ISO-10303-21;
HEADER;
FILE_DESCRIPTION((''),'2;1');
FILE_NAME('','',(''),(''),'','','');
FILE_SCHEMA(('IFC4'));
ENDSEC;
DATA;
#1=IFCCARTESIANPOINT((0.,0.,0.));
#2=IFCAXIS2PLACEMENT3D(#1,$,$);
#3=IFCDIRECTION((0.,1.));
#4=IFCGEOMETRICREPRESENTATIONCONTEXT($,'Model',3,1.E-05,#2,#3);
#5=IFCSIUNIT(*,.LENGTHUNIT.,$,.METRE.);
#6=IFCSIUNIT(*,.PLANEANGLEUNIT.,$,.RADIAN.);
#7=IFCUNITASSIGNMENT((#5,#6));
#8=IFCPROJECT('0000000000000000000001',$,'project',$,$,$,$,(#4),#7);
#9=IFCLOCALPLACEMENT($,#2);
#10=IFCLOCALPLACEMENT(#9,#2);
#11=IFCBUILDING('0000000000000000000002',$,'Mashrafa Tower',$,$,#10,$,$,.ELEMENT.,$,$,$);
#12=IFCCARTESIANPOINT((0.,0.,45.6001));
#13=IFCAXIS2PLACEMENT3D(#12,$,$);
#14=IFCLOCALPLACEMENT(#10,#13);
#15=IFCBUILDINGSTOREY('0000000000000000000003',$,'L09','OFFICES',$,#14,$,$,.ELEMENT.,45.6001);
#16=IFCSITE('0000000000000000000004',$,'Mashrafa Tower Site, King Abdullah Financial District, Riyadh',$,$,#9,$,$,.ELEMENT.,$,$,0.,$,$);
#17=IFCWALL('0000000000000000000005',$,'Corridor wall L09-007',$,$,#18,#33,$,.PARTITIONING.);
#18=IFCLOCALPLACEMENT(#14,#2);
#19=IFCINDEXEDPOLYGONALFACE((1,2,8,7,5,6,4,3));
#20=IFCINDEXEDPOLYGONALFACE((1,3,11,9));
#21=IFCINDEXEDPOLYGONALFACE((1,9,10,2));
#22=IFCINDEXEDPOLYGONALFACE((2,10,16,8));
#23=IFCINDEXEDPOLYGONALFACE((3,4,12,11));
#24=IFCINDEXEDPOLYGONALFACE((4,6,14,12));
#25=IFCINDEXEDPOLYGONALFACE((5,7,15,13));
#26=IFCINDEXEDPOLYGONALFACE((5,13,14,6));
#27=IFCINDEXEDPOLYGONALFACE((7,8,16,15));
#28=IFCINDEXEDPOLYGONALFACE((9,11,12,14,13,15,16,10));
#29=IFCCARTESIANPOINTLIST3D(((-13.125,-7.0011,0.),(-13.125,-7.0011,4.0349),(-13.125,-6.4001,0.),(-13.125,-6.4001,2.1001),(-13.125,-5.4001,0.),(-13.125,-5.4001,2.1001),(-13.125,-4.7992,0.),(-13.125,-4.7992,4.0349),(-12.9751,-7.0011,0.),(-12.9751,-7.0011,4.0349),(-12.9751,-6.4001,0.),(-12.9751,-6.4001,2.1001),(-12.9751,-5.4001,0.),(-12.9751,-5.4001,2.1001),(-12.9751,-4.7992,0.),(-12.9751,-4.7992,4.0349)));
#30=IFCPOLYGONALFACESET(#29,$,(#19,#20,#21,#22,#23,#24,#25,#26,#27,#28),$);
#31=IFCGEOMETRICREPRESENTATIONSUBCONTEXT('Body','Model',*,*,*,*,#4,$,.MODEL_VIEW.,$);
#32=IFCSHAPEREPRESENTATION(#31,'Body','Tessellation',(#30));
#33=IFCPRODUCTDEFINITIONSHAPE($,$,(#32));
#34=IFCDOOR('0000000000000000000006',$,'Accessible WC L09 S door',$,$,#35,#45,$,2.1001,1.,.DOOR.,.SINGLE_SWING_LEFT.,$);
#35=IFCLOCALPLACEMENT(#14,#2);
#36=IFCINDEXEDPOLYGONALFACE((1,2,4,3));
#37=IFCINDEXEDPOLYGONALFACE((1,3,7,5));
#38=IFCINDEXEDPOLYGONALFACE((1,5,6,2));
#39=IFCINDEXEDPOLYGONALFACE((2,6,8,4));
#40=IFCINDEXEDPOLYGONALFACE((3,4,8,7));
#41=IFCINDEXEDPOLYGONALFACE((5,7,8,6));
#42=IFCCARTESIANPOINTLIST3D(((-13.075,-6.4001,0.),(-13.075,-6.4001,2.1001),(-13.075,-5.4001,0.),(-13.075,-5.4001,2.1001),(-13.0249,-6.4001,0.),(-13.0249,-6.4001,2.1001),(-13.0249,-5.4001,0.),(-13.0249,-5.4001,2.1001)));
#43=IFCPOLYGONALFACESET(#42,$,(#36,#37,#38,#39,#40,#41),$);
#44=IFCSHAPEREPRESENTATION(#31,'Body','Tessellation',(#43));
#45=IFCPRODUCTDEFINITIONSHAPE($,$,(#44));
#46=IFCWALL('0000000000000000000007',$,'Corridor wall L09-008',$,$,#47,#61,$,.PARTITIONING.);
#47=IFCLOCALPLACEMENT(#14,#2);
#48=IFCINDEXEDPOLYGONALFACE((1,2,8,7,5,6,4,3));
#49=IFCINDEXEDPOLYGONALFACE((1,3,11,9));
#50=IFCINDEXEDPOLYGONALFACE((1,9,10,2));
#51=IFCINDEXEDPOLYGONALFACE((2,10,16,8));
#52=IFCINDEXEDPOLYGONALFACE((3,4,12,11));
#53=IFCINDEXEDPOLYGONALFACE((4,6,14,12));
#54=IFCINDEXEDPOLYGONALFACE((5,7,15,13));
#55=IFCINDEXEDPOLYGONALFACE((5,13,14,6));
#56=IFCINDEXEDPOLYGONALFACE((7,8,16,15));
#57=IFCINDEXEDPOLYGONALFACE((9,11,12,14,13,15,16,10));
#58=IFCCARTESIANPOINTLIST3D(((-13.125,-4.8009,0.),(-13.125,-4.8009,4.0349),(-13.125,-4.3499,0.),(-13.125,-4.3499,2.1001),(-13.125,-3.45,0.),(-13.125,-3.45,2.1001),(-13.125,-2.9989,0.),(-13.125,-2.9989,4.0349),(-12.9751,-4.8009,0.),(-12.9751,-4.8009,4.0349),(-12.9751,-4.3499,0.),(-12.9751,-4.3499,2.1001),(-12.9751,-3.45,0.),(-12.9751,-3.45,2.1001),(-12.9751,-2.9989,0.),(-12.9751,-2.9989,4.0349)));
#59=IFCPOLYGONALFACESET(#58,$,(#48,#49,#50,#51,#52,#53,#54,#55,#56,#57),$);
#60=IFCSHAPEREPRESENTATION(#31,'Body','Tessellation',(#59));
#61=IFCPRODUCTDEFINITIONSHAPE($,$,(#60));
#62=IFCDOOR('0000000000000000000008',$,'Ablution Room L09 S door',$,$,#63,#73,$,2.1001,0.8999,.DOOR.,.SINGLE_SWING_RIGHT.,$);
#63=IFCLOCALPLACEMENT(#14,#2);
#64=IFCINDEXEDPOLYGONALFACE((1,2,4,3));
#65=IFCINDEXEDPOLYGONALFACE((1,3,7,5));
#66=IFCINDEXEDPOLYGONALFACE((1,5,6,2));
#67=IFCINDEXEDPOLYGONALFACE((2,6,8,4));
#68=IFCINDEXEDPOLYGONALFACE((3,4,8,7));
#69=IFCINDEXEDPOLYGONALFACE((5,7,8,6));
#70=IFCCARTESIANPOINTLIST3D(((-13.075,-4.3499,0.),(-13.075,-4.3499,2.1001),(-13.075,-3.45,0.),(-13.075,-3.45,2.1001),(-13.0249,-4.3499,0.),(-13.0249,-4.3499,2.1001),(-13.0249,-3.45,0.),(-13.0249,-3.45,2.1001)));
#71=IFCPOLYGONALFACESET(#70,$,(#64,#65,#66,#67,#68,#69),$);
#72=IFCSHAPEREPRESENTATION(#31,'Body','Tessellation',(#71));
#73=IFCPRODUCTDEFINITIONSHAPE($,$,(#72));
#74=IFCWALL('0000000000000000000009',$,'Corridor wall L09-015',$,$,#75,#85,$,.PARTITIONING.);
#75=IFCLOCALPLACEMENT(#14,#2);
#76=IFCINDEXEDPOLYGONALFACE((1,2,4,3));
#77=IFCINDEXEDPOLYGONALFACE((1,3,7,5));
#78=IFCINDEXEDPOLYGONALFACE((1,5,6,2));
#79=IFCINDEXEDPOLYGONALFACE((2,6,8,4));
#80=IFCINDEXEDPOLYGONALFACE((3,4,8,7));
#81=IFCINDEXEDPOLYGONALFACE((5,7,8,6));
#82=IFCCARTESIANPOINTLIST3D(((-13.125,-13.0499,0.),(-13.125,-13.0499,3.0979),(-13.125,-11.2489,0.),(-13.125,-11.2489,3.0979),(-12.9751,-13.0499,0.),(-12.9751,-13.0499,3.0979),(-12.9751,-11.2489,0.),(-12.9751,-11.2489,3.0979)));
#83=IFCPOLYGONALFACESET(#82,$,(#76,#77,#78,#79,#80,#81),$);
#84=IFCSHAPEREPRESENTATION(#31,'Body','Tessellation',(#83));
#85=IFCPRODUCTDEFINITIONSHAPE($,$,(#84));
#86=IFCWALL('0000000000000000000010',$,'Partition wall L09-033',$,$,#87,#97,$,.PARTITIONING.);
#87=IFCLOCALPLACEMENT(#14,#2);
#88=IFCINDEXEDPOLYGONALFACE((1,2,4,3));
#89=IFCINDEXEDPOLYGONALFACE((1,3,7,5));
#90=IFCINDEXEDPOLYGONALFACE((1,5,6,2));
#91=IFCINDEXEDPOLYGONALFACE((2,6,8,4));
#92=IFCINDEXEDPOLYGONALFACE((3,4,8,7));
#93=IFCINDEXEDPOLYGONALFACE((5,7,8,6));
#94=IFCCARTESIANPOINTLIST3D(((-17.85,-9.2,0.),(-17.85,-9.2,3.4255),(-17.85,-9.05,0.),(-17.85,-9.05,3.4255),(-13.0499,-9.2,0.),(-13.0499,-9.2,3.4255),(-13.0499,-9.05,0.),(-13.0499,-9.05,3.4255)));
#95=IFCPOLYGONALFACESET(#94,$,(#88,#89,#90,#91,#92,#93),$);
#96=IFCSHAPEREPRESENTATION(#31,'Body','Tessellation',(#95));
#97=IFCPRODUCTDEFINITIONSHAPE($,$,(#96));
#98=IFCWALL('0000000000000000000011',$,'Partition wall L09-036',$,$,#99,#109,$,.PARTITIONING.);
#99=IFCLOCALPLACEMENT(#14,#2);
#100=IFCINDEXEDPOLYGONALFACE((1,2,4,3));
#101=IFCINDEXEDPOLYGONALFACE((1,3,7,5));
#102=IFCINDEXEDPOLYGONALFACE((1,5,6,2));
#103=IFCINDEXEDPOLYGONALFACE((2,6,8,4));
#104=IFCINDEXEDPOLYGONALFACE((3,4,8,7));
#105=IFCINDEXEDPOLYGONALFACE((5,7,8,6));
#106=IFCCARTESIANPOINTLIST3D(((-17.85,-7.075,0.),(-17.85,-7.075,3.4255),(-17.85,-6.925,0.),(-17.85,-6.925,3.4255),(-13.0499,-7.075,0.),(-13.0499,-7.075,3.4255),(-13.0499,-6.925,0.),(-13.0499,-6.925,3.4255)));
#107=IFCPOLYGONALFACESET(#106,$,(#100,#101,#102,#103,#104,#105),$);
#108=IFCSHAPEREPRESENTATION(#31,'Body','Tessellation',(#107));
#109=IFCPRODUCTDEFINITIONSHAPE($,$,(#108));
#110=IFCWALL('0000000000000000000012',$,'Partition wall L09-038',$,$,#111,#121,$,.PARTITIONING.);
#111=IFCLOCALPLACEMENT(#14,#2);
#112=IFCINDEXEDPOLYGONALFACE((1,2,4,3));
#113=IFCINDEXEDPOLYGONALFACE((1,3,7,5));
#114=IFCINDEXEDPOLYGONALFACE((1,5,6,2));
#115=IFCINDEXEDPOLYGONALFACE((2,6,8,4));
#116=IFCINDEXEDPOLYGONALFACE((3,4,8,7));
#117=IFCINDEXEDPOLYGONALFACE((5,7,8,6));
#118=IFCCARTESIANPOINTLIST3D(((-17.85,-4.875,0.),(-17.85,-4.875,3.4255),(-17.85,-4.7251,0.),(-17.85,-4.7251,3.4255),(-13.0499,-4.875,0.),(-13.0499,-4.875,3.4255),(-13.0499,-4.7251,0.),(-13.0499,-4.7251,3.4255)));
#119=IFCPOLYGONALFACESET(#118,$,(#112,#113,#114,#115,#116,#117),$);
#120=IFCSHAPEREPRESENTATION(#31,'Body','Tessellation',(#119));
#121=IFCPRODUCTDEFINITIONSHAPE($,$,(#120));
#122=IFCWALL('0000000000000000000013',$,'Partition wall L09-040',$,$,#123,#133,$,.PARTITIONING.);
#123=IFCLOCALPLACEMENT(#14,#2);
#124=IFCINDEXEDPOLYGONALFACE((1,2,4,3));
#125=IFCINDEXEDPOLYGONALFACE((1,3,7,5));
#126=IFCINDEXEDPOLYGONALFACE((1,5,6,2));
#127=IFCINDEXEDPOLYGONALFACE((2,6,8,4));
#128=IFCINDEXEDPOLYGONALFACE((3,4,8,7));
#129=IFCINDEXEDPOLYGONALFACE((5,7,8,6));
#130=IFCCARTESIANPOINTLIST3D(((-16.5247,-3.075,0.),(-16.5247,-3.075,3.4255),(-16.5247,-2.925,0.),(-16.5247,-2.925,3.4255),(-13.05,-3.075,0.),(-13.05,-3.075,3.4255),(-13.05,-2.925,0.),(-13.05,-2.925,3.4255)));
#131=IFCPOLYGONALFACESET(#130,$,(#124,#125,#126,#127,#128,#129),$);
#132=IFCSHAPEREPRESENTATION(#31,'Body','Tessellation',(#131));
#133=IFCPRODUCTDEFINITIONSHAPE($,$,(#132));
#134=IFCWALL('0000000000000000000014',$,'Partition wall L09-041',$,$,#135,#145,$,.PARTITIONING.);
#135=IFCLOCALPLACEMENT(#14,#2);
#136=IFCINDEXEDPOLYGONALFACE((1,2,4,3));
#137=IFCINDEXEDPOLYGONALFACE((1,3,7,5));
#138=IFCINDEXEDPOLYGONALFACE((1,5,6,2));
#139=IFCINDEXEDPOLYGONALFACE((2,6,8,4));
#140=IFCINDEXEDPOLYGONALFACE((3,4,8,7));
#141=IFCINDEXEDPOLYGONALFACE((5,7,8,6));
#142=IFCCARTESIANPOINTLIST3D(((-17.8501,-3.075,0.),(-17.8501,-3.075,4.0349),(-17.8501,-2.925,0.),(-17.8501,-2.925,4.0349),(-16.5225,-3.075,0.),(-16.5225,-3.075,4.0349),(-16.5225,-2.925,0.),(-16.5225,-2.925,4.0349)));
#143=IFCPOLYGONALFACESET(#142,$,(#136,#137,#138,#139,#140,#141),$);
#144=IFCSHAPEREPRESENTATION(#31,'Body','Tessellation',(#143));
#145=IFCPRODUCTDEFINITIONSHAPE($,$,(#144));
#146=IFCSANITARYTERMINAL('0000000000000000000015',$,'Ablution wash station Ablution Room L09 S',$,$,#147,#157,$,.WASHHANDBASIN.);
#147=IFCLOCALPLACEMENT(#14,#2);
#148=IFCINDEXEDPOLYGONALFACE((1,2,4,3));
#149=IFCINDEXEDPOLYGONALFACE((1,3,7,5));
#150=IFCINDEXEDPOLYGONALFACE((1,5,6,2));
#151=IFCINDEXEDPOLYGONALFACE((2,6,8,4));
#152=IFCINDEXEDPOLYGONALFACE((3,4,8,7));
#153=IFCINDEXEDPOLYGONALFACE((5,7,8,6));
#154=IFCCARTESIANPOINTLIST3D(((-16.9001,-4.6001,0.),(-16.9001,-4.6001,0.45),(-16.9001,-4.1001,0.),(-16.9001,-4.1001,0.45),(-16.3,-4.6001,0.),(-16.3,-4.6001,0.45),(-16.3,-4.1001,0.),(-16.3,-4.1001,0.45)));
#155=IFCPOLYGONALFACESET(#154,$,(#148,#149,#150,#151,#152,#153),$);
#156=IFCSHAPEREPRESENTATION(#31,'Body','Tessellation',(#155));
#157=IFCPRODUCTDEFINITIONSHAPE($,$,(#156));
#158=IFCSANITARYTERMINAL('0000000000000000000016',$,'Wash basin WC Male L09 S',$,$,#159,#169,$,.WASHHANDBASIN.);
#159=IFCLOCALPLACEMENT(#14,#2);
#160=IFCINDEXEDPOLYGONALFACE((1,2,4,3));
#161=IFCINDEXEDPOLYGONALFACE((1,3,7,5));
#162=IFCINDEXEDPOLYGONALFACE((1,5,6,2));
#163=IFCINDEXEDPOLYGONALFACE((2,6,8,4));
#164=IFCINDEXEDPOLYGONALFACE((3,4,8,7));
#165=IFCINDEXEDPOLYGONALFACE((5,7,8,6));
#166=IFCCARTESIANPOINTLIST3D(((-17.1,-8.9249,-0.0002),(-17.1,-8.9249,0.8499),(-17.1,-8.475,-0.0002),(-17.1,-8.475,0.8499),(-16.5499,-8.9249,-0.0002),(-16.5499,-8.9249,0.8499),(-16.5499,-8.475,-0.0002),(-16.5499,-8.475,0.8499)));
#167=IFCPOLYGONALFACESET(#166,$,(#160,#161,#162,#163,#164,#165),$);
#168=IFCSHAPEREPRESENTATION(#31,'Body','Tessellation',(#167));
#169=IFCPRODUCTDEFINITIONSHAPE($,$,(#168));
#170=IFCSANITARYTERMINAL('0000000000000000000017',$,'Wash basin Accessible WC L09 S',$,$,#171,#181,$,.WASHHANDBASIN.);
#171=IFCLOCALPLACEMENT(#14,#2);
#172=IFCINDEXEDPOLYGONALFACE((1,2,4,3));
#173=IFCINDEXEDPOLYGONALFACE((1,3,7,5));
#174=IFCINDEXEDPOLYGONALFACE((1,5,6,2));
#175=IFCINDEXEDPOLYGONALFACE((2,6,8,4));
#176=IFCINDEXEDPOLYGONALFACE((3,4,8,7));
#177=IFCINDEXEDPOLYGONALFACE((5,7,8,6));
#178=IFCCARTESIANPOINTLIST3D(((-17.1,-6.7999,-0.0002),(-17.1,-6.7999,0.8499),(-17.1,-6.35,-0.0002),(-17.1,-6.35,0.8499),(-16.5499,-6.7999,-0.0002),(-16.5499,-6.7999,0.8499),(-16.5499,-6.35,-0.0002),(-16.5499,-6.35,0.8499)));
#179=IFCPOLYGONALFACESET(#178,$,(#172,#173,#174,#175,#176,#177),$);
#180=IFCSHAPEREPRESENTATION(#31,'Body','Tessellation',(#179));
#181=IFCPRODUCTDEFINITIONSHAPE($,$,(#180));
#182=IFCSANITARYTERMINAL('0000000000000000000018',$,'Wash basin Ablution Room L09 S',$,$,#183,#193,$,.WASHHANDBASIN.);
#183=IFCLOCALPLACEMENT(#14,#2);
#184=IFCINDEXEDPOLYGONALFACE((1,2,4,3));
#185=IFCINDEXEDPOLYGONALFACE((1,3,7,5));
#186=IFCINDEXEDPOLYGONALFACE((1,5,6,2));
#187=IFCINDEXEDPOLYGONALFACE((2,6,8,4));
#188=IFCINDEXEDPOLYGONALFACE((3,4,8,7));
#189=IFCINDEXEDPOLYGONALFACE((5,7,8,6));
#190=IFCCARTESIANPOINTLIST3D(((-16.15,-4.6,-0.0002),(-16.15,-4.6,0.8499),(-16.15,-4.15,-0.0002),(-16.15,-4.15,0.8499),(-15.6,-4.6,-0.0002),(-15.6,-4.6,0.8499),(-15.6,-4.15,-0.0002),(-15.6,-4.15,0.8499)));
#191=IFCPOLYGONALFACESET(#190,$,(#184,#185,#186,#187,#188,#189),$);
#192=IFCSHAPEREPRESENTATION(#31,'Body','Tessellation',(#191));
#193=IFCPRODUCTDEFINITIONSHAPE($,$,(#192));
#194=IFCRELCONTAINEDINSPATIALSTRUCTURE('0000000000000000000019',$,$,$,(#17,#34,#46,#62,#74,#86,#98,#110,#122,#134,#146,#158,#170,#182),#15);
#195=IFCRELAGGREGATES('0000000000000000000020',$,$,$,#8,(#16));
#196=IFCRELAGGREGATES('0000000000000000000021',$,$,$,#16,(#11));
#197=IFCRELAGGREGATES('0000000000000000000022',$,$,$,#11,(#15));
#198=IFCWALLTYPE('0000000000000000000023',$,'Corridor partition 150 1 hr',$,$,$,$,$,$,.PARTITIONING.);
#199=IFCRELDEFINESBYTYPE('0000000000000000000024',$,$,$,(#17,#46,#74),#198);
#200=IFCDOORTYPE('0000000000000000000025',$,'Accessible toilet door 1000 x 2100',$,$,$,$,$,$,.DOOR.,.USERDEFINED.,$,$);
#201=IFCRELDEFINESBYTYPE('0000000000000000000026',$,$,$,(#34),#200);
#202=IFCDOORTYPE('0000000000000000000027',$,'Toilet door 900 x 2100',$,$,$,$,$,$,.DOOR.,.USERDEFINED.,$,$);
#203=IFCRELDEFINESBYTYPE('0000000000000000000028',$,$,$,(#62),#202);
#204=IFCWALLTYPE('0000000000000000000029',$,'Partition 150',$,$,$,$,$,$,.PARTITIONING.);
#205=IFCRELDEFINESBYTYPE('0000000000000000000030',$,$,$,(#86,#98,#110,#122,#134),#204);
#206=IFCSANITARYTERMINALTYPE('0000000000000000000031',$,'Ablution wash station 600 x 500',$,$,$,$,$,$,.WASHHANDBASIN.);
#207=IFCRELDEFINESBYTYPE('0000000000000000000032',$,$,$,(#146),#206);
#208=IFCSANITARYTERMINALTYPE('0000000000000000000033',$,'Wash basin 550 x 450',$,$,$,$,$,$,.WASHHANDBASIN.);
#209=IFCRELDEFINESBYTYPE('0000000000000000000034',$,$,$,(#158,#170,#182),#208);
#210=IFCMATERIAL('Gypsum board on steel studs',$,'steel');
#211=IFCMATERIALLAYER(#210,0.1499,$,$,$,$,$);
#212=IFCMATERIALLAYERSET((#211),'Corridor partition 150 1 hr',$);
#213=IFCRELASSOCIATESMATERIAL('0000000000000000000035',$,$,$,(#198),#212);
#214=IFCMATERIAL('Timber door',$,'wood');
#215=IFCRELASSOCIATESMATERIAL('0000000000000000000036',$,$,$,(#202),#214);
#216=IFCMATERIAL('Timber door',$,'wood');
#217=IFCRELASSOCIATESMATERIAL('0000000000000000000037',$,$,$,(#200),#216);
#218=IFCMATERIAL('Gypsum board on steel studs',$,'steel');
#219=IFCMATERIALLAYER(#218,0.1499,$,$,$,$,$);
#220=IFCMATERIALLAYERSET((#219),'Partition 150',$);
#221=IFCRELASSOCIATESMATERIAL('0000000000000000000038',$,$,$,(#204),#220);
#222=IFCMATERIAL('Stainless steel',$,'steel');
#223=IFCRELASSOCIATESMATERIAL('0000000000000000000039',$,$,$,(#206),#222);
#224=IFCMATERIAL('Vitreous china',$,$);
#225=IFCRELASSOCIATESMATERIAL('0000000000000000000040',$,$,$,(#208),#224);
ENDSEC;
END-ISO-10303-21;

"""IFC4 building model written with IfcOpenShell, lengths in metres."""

from ifc_helpers import new_model, si_unit, direction, frame, frame_2d, origin, origin_2d, place, context, subcontext, project, spatial, rectangle, extrude, material, layer, layer_set, type_object, element, fill, save


model = new_model("IFC4")

# Units and contexts
model_context = context("Model", 3, precision=1e-05, world=origin(), true_north=direction((0.0, 1.0)))
body_context = subcontext(model_context, "Body", "Model", "MODEL_VIEW")
ifc_project = project(units=[si_unit("LENGTHUNIT", "METRE"), si_unit("PLANEANGLEUNIT", "RADIAN")], contexts=[model_context])

# Site, building, storey
site_placement = place(None, origin())
site = spatial("IfcSite", under=ifc_project, at=site_placement, Name="Mashrafa Tower Site, King Abdullah Financial District, Riyadh", CompositionType="ELEMENT", RefElevation=0.0)
building_placement = place(site_placement, origin())
building = spatial("IfcBuilding", under=site, at=building_placement, Name="Mashrafa Tower", CompositionType="ELEMENT")
storey_placement = place(building_placement, frame((0.0, 0.0, 45.6001)))
storey = spatial("IfcBuildingStorey", under=building, at=storey_placement, Name="L09", Description="OFFICES", CompositionType="ELEMENT", Elevation=45.6001)

# Walls, openings, doors
ifc_material_1 = material(Name="Gypsum board on steel studs", Category="steel")
ifc_layer_1 = layer(ifc_material_1, 0.1499)
ifc_layer_set_1 = layer_set([ifc_layer_1], Name="Corridor partition 150 1 hr")
wall_type_1 = type_object("IfcWallType", Name="Corridor partition 150 1 hr", PredefinedType="PARTITIONING", material=ifc_layer_set_1)
ifc_material_2 = material(Name="Timber door", Category="wood")
door_type_1 = type_object("IfcDoorType", Name="Toilet door 900 x 2100", OperationType="USERDEFINED", PredefinedType="DOOR", material=ifc_material_2)
wall_1_placement = place(storey_placement, frame((-13.05, -4.7991, 0.0), z_axis=(0.0, 0.0, 1.0), x_axis=(0.0, -1.0, 0.0)))
wall_1 = element("IfcWall", 1, at=wall_1_placement, inside=storey, type_object=wall_type_1, Name="Corridor wall L09-007", PredefinedType="PARTITIONING", context=body_context, shape_type="SweptSolid", body=[
    extrude(rectangle(XDim=2.2019, YDim=0.1499, at=frame_2d((1.1011, 0.0))), origin(), (0.0, 0.0, 1.0), 4.0349),
])
opening_1_placement = place(wall_1_placement, frame((0.6011, 0.0, 0.0)))
opening_1 = element("IfcOpeningElement", 2, at=opening_1_placement, cuts=wall_1, PredefinedType="OPENING", context=body_context, shape_type="SweptSolid", body=[
    extrude(rectangle(XDim=1.0, YDim=2.1001, at=frame_2d((0.5, 1.05))), frame((0.0, 0.085, 0.0), z_axis=(0.0, -1.0, 0.0), x_axis=(1.0, 0.0, 0.0)), (0.0, 0.0, 1.0), 0.1699),
])
ifc_material_3 = material(Name="Timber door", Category="wood")
door_type_2 = type_object("IfcDoorType", Name="Accessible toilet door 1000 x 2100", OperationType="USERDEFINED", PredefinedType="DOOR", material=ifc_material_3)
door_1_placement = place(opening_1_placement, frame((1.0, 0.0, 0.0), z_axis=(0.0, 0.0, 1.0), x_axis=(-1.0, 0.0, 0.0)))
door_1 = element("IfcDoor", 3, at=door_1_placement, inside=storey, type_object=door_type_2, Name="Accessible WC L09 S door", OperationType="SINGLE_SWING_LEFT", OverallHeight=2.1001, OverallWidth=1.0, PredefinedType="DOOR", context=body_context, shape_type="SweptSolid", body=[
    extrude(rectangle(XDim=1.0, YDim=2.1001, at=frame_2d((0.5, 1.05))), frame((0.0, 0.0249, 0.0), z_axis=(0.0, -1.0, 0.0), x_axis=(1.0, 0.0, 0.0)), (0.0, 0.0, 1.0), 0.05),
])
fill(opening_1, door_1)
wall_2_placement = place(storey_placement, frame((-13.05, -2.999, 0.0), z_axis=(0.0, 0.0, 1.0), x_axis=(0.0, -1.0, 0.0)))
wall_2 = element("IfcWall", 4, at=wall_2_placement, inside=storey, type_object=wall_type_1, Name="Corridor wall L09-008", PredefinedType="PARTITIONING", context=body_context, shape_type="SweptSolid", body=[
    extrude(rectangle(XDim=1.802, YDim=0.1499, at=frame_2d((0.9009, 0.0))), origin(), (0.0, 0.0, 1.0), 4.0349),
])
opening_2_placement = place(wall_2_placement, frame((0.4509, 0.0, 0.0)))
opening_2 = element("IfcOpeningElement", 5, at=opening_2_placement, cuts=wall_2, PredefinedType="OPENING", context=body_context, shape_type="SweptSolid", body=[
    extrude(rectangle(XDim=0.8999, YDim=2.1001, at=frame_2d((0.45, 1.05))), frame((0.0, 0.085, 0.0), z_axis=(0.0, -1.0, 0.0), x_axis=(1.0, 0.0, 0.0)), (0.0, 0.0, 1.0), 0.1699),
])
door_2_placement = place(opening_2_placement, frame((0.8999, 0.0, 0.0), z_axis=(0.0, 0.0, 1.0), x_axis=(-1.0, 0.0, 0.0)))
door_2 = element("IfcDoor", 6, at=door_2_placement, inside=storey, type_object=door_type_1, Name="Ablution Room L09 S door", OperationType="SINGLE_SWING_RIGHT", OverallHeight=2.1001, OverallWidth=0.8999, PredefinedType="DOOR", context=body_context, shape_type="SweptSolid", body=[
    extrude(rectangle(XDim=0.8999, YDim=2.1001, at=frame_2d((0.45, 1.05))), frame((0.0, 0.0249, 0.0), z_axis=(0.0, -1.0, 0.0), x_axis=(1.0, 0.0, 0.0)), (0.0, 0.0, 1.0), 0.05),
])
fill(opening_2, door_2)

# Walls
wall_3_placement = place(storey_placement, frame((-13.05, -11.249, 0.0), z_axis=(0.0, 0.0, 1.0), x_axis=(0.0, -1.0, 0.0)))
element("IfcWall", 7, at=wall_3_placement, inside=storey, type_object=wall_type_1, Name="Corridor wall L09-015", PredefinedType="PARTITIONING", context=body_context, shape_type="SweptSolid", body=[
    extrude(rectangle(XDim=1.801, YDim=0.1499, at=frame_2d((0.9004, 0.0))), origin(), (0.0, 0.0, 1.0), 3.0979),
])
ifc_material_4 = material(Name="Gypsum board on steel studs", Category="steel")
ifc_layer_2 = layer(ifc_material_4, 0.1499)
ifc_layer_set_2 = layer_set([ifc_layer_2], Name="Partition 150")
wall_type_2 = type_object("IfcWallType", Name="Partition 150", PredefinedType="PARTITIONING", material=ifc_layer_set_2)
for number, where, z_axis, x_axis, name in (
    (8, (-13.05, -9.125, 0.0), (0.0, 0.0, 1.0), (-1.0, 0.0, 0.0), "Partition wall L09-033"),
    (9, (-13.05, -7.0, 0.0), (0.0, 0.0, 1.0), (-1.0, 0.0, 0.0), "Partition wall L09-036"),
    (10, (-13.05, -4.8, 0.0), (0.0, 0.0, 1.0), (-1.0, 0.0, 0.0), "Partition wall L09-038"),
):
    element("IfcWall", number, at=place(storey_placement, frame(where, z_axis=z_axis, x_axis=x_axis)), inside=storey, type_object=wall_type_2, Name=name, PredefinedType="PARTITIONING", context=body_context, shape_type="SweptSolid", body=[
        extrude(rectangle(XDim=4.8, YDim=0.1499, at=frame_2d((2.3999, 0.0))), origin(), (0.0, 0.0, 1.0), 3.4255),
    ])
wall_4_placement = place(storey_placement, frame((-13.05, -3.0, 0.0), z_axis=(0.0, 0.0, 1.0), x_axis=(-1.0, 0.0, 0.0)))
element("IfcWall", 11, at=wall_4_placement, inside=storey, type_object=wall_type_2, Name="Partition wall L09-040", PredefinedType="PARTITIONING", context=body_context, shape_type="SweptSolid", body=[
    extrude(rectangle(XDim=3.4746, YDim=0.1499, at=frame_2d((1.7373, 0.0))), origin(), (0.0, 0.0, 1.0), 3.4255),
])
wall_5_placement = place(storey_placement, frame((-16.5225, -3.0, 0.0), z_axis=(0.0, 0.0, 1.0), x_axis=(-1.0, 0.0, 0.0)))
element("IfcWall", 12, at=wall_5_placement, inside=storey, type_object=wall_type_2, Name="Partition wall L09-041", PredefinedType="PARTITIONING", context=body_context, shape_type="SweptSolid", body=[
    extrude(rectangle(XDim=1.3276, YDim=0.1499, at=frame_2d((0.6638, 0.0))), origin(), (0.0, 0.0, 1.0), 4.0349),
])

# Sanitary terminals
ifc_material_5 = material(Name="Stainless steel", Category="steel")
sanitary_terminal_type_1 = type_object("IfcSanitaryTerminalType", Name="Ablution wash station 600 x 500", PredefinedType="WASHHANDBASIN", material=ifc_material_5)
sanitary_terminal_placement = place(storey_placement, frame((-16.6001, -4.3501, 0.0), z_axis=(0.0, 0.0, 1.0), x_axis=(1.0, 0.0, 0.0)))
element("IfcSanitaryTerminal", 13, at=sanitary_terminal_placement, inside=storey, type_object=sanitary_terminal_type_1, Name="Ablution wash station Ablution Room L09 S", PredefinedType="WASHHANDBASIN", context=body_context, shape_type="SweptSolid", body=[
    extrude(rectangle(XDim=0.6001, YDim=0.5, at=origin_2d()), origin(), (0.0, 0.0, 1.0), 0.45),
])
ifc_material_6 = material(Name="Vitreous china")
sanitary_terminal_type_2 = type_object("IfcSanitaryTerminalType", Name="Wash basin 550 x 450", PredefinedType="WASHHANDBASIN", material=ifc_material_6)
for number, where, z_axis, x_axis, name in (
    (14, (-16.825, -8.7, -0.0002), (0.0, 0.0, 1.0), (1.0, 0.0, 0.0), "Wash basin WC Male L09 S"),
    (15, (-16.825, -6.575, -0.0002), (0.0, 0.0, 1.0), (1.0, 0.0, 0.0), "Wash basin Accessible WC L09 S"),
    (16, (-15.875, -4.375, -0.0002), (0.0, 0.0, 1.0), (1.0, 0.0, 0.0), "Wash basin Ablution Room L09 S"),
):
    element("IfcSanitaryTerminal", number, at=place(storey_placement, frame(where, z_axis=z_axis, x_axis=x_axis)), inside=storey, type_object=sanitary_terminal_type_2, Name=name, PredefinedType="WASHHANDBASIN", context=body_context, shape_type="SweptSolid", body=[
        extrude(rectangle(XDim=0.55, YDim=0.45, at=origin_2d()), origin(), (0.0, 0.0, 1.0), 0.8501),
    ])

save(model, "model.ifc")
